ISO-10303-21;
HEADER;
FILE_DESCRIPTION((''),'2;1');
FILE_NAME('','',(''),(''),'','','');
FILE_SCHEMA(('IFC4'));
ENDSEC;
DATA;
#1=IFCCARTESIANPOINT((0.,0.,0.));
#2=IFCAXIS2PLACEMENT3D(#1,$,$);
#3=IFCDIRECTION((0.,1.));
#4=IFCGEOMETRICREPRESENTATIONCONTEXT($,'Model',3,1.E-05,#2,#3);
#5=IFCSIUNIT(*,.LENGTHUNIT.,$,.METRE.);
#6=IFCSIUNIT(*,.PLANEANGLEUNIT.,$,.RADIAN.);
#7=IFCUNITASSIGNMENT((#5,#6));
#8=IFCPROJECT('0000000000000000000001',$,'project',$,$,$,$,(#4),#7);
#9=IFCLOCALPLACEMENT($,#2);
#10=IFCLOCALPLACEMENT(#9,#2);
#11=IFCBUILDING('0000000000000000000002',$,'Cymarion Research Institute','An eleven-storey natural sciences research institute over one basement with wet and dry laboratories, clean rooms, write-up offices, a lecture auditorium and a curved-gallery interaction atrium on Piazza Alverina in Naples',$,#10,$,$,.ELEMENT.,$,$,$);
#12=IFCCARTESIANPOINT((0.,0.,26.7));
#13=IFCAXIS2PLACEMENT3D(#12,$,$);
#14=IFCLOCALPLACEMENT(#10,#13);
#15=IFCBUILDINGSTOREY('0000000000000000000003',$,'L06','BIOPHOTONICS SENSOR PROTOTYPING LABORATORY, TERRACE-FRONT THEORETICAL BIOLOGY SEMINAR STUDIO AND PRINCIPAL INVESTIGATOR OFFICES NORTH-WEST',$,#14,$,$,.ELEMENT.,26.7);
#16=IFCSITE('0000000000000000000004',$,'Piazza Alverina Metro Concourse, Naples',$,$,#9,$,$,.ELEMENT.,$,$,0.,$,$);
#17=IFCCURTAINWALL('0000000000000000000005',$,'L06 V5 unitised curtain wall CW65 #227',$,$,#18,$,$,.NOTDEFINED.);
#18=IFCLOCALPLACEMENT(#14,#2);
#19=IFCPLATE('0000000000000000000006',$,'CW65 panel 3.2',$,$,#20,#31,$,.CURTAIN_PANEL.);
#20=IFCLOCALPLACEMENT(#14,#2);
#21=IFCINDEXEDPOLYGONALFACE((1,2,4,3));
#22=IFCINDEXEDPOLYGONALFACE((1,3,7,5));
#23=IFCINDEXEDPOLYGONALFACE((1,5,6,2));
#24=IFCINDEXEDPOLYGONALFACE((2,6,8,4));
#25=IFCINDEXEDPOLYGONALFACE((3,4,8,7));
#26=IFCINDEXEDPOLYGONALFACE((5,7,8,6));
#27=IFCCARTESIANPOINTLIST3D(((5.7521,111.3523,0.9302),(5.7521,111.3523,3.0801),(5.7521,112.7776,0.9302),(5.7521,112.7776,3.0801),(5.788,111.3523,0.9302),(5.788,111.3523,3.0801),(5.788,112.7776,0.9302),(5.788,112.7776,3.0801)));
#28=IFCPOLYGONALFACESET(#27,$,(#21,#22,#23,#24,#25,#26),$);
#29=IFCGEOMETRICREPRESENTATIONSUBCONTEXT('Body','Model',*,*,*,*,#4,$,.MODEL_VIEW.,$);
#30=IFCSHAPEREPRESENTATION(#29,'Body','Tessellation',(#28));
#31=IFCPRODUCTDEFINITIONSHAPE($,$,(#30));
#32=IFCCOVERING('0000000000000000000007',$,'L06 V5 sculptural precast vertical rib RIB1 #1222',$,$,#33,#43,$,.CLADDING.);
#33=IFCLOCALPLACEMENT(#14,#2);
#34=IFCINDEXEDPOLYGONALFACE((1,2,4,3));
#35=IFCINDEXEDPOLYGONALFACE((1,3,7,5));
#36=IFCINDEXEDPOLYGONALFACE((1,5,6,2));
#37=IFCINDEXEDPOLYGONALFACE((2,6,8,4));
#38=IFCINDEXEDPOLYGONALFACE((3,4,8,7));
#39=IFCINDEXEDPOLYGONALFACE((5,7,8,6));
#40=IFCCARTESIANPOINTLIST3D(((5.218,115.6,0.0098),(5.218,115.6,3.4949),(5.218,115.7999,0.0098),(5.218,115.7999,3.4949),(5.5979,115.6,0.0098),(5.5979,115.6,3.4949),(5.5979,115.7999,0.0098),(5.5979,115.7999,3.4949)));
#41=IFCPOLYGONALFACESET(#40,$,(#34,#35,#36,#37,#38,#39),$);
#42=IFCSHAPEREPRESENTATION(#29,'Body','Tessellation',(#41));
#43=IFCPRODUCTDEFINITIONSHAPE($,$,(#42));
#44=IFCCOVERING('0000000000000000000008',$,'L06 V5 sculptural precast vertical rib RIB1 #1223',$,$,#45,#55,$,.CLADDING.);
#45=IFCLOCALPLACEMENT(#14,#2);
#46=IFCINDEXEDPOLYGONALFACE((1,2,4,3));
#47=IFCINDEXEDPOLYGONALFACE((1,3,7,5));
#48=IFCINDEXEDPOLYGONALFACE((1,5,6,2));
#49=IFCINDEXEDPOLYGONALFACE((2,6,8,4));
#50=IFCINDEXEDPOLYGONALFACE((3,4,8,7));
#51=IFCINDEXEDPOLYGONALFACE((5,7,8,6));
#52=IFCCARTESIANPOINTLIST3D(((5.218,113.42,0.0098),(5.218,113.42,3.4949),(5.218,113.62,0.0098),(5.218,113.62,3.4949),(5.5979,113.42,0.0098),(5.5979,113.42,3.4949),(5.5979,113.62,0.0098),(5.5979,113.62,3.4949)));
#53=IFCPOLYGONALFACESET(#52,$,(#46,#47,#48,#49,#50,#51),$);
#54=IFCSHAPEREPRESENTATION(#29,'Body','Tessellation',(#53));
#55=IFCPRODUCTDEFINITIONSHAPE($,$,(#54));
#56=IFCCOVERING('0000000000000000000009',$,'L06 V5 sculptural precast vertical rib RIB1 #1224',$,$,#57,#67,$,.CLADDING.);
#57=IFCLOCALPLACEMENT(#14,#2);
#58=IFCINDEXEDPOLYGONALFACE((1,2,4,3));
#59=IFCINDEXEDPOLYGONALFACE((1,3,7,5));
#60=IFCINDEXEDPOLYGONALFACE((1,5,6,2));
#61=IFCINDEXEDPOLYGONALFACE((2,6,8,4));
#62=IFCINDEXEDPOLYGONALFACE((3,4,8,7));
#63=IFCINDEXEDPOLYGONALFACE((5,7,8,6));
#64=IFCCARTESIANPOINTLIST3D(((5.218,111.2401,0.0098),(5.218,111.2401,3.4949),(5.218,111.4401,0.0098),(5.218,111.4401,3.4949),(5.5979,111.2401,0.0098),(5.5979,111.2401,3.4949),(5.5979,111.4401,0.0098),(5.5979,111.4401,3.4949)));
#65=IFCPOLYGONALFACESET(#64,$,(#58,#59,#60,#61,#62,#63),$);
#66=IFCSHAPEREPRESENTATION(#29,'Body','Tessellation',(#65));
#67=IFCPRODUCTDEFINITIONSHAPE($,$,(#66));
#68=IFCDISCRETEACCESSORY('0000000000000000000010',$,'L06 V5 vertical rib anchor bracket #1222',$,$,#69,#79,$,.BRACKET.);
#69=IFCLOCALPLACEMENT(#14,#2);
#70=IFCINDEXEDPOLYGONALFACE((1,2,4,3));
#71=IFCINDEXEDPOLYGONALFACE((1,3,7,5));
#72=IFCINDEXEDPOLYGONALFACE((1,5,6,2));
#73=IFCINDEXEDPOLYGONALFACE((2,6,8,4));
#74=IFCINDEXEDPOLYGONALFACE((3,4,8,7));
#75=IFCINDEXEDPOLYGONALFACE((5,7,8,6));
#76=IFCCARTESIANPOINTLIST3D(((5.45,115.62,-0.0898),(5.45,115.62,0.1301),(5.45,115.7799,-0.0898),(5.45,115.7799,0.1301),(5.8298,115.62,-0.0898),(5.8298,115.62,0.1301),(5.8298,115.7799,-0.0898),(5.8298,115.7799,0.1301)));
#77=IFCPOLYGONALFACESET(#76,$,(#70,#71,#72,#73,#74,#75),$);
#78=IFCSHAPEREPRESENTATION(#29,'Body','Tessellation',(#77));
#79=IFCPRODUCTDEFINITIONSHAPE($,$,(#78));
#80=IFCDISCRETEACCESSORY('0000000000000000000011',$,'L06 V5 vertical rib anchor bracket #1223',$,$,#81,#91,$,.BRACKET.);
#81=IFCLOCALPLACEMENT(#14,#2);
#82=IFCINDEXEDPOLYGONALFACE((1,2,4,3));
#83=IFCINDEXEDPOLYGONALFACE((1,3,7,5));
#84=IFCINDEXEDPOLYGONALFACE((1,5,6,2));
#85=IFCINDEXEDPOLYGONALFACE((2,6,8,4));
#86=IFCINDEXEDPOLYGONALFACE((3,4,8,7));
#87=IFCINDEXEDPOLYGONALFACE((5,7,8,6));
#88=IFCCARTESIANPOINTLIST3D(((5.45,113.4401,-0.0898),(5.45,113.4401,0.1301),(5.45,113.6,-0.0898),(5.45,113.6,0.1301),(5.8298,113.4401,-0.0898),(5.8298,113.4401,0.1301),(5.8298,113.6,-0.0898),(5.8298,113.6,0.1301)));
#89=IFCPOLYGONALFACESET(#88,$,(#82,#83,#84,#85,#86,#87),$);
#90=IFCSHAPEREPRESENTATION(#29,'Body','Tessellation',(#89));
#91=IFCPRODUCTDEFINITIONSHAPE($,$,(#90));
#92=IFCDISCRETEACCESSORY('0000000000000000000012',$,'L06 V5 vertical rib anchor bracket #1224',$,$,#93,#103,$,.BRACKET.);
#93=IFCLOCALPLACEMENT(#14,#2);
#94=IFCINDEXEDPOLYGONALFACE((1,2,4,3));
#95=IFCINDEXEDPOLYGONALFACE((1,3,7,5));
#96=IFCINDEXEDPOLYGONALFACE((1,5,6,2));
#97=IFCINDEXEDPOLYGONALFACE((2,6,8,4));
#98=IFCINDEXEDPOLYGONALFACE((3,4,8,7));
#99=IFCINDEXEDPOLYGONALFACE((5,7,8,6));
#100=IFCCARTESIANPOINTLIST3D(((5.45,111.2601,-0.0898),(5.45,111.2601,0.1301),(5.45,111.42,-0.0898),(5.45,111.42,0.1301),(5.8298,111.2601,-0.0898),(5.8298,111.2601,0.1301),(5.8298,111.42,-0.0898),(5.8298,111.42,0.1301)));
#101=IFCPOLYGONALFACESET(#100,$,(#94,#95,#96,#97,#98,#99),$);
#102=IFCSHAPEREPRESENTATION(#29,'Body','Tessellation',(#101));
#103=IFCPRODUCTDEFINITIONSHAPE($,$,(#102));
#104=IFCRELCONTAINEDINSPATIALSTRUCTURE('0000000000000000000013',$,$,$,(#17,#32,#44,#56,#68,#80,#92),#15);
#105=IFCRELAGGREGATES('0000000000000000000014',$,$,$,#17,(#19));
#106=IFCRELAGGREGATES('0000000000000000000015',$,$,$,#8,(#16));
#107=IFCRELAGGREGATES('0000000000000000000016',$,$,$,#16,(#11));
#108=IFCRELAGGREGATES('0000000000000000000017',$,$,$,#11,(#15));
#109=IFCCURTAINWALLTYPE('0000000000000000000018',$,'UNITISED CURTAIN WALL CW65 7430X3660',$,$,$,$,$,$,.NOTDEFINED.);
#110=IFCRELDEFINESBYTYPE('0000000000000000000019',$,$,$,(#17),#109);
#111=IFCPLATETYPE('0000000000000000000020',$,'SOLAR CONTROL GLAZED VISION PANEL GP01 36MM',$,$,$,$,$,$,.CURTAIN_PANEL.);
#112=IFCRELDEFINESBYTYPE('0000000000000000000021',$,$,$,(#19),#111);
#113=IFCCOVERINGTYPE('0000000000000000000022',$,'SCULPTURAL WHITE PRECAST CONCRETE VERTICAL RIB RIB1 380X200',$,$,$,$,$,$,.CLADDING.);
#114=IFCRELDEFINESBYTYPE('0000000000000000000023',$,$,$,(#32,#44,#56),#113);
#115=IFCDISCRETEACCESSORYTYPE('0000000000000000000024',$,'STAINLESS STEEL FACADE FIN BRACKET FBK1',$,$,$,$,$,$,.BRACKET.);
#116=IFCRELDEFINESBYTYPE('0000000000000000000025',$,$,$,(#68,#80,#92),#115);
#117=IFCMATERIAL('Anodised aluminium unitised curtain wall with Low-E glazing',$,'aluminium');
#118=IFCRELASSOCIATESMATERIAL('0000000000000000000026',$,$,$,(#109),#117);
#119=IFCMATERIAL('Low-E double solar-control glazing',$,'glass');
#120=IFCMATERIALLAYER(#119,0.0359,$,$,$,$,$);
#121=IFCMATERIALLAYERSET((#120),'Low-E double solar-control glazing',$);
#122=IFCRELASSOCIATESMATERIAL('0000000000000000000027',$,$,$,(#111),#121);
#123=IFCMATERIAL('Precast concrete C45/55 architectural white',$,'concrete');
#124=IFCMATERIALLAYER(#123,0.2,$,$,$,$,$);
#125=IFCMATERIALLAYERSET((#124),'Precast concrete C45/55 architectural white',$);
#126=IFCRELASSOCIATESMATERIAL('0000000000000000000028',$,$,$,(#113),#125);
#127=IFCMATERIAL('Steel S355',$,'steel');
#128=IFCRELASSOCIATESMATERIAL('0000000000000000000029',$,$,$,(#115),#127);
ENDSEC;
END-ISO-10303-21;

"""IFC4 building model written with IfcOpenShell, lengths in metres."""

from ifc_helpers import new_model, si_unit, direction, frame, origin, origin_2d, place, context, subcontext, project, spatial, rectangle, extrude, material, layer, layer_set, type_object, element, aggregate, save


model = new_model("IFC4")

# Units and contexts
model_context = context("Model", 3, precision=1e-05, world=origin(), true_north=direction((0.0, 1.0)))
body_context = subcontext(model_context, "Body", "Model", "MODEL_VIEW")
ifc_project = project(units=[si_unit("LENGTHUNIT", "METRE"), si_unit("PLANEANGLEUNIT", "RADIAN")], contexts=[model_context])

# Site, building, storey
site_placement = place(None, origin())
site = spatial("IfcSite", under=ifc_project, at=site_placement, Name="Piazza Alverina Metro Concourse, Naples", CompositionType="ELEMENT", RefElevation=0.0)
building_placement = place(site_placement, origin())
building = spatial("IfcBuilding", under=site, at=building_placement, Name="Cymarion Research Institute", Description="An eleven-storey natural sciences research institute over one basement with wet and dry laboratories, clean rooms, write-up offices, a lecture auditorium and a curved-gallery interaction atrium on Piazza Alverina in Naples", CompositionType="ELEMENT")
storey_placement = place(building_placement, frame((0.0, 0.0, 26.7)))
storey = spatial("IfcBuildingStorey", under=building, at=storey_placement, Name="L06", Description="BIOPHOTONICS SENSOR PROTOTYPING LABORATORY, TERRACE-FRONT THEORETICAL BIOLOGY SEMINAR STUDIO AND PRINCIPAL INVESTIGATOR OFFICES NORTH-WEST", CompositionType="ELEMENT", Elevation=26.7)

# Curtain wall, plate
ifc_material_1 = material(Name="Anodised aluminium unitised curtain wall with Low-E glazing", Category="aluminium")
curtain_wall_type = type_object("IfcCurtainWallType", Name="UNITISED CURTAIN WALL CW65 7430X3660", PredefinedType="NOTDEFINED", material=ifc_material_1)
curtain_wall_placement = place(storey_placement, origin())
curtain_wall = element("IfcCurtainWall", 1, at=curtain_wall_placement, inside=storey, type_object=curtain_wall_type, Name="L06 V5 unitised curtain wall CW65 #227", PredefinedType="NOTDEFINED")
ifc_material_2 = material(Name="Low-E double solar-control glazing", Category="glass")
ifc_layer_1 = layer(ifc_material_2, 0.0359)
ifc_layer_set_1 = layer_set([ifc_layer_1], Name="Low-E double solar-control glazing")
plate_type_1 = type_object("IfcPlateType", Name="SOLAR CONTROL GLAZED VISION PANEL GP01 36MM", PredefinedType="CURTAIN_PANEL", material=ifc_layer_set_1)
plate_1_placement = place(storey_placement, frame((5.77, 112.0649, 0.9302), z_axis=(0.0, 0.0, 1.0), x_axis=(0.0, -1.0, 0.0)))
plate_1 = element("IfcPlate", 2, at=plate_1_placement, type_object=plate_type_1, Name="CW65 panel 3.2", PredefinedType="CURTAIN_PANEL", context=body_context, shape_type="SweptSolid", body=[
    extrude(rectangle(XDim=1.4253, YDim=0.0359, at=origin_2d()), origin(), (0.0, 0.0, 1.0), 2.1499),
])
aggregate(curtain_wall, [plate_1])

# Coverings
ifc_material_3 = material(Name="Precast concrete C45/55 architectural white", Category="concrete")
ifc_layer_2 = layer(ifc_material_3, 0.2)
ifc_layer_set_2 = layer_set([ifc_layer_2], Name="Precast concrete C45/55 architectural white")
covering_type = type_object("IfcCoveringType", Name="SCULPTURAL WHITE PRECAST CONCRETE VERTICAL RIB RIB1 380X200", PredefinedType="CLADDING", material=ifc_layer_set_2)
for number, where, z_axis, x_axis, name in (
    (3, (5.408, 115.7, 0.0098), (0.0, 0.0, 1.0), (-1.0, 0.0, 0.0), "L06 V5 sculptural precast vertical rib RIB1 #1222"),
    (4, (5.408, 113.52, 0.0098), (0.0, 0.0, 1.0), (-1.0, 0.0, 0.0), "L06 V5 sculptural precast vertical rib RIB1 #1223"),
    (5, (5.408, 111.3401, 0.0098), (0.0, 0.0, 1.0), (-1.0, 0.0, 0.0), "L06 V5 sculptural precast vertical rib RIB1 #1224"),
):
    element("IfcCovering", number, at=place(storey_placement, frame(where, z_axis=z_axis, x_axis=x_axis)), inside=storey, type_object=covering_type, Name=name, PredefinedType="CLADDING", context=body_context, shape_type="SweptSolid", body=[
        extrude(rectangle(XDim=0.3799, YDim=0.2, at=origin_2d()), origin(), (0.0, 0.0, 1.0), 3.4851),
    ])

# Discrete accessories
ifc_material_4 = material(Name="Steel S355", Category="steel")
discrete_accessory_type = type_object("IfcDiscreteAccessoryType", Name="STAINLESS STEEL FACADE FIN BRACKET FBK1", PredefinedType="BRACKET", material=ifc_material_4)
for number, where, z_axis, x_axis, name in (
    (6, (5.6399, 115.7, -0.0898), (0.0, 0.0, 1.0), (-1.0, 0.0, 0.0), "L06 V5 vertical rib anchor bracket #1222"),
    (7, (5.6399, 113.52, -0.0898), (0.0, 0.0, 1.0), (-1.0, 0.0, 0.0), "L06 V5 vertical rib anchor bracket #1223"),
    (8, (5.6399, 111.3401, -0.0898), (0.0, 0.0, 1.0), (-1.0, 0.0, 0.0), "L06 V5 vertical rib anchor bracket #1224"),
):
    element("IfcDiscreteAccessory", number, at=place(storey_placement, frame(where, z_axis=z_axis, x_axis=x_axis)), inside=storey, type_object=discrete_accessory_type, Name=name, PredefinedType="BRACKET", context=body_context, shape_type="SweptSolid", body=[
        extrude(rectangle(XDim=0.3799, YDim=0.1599, at=origin_2d()), origin(), (0.0, 0.0, 1.0), 0.22),
    ])

save(model, "model.ifc")
